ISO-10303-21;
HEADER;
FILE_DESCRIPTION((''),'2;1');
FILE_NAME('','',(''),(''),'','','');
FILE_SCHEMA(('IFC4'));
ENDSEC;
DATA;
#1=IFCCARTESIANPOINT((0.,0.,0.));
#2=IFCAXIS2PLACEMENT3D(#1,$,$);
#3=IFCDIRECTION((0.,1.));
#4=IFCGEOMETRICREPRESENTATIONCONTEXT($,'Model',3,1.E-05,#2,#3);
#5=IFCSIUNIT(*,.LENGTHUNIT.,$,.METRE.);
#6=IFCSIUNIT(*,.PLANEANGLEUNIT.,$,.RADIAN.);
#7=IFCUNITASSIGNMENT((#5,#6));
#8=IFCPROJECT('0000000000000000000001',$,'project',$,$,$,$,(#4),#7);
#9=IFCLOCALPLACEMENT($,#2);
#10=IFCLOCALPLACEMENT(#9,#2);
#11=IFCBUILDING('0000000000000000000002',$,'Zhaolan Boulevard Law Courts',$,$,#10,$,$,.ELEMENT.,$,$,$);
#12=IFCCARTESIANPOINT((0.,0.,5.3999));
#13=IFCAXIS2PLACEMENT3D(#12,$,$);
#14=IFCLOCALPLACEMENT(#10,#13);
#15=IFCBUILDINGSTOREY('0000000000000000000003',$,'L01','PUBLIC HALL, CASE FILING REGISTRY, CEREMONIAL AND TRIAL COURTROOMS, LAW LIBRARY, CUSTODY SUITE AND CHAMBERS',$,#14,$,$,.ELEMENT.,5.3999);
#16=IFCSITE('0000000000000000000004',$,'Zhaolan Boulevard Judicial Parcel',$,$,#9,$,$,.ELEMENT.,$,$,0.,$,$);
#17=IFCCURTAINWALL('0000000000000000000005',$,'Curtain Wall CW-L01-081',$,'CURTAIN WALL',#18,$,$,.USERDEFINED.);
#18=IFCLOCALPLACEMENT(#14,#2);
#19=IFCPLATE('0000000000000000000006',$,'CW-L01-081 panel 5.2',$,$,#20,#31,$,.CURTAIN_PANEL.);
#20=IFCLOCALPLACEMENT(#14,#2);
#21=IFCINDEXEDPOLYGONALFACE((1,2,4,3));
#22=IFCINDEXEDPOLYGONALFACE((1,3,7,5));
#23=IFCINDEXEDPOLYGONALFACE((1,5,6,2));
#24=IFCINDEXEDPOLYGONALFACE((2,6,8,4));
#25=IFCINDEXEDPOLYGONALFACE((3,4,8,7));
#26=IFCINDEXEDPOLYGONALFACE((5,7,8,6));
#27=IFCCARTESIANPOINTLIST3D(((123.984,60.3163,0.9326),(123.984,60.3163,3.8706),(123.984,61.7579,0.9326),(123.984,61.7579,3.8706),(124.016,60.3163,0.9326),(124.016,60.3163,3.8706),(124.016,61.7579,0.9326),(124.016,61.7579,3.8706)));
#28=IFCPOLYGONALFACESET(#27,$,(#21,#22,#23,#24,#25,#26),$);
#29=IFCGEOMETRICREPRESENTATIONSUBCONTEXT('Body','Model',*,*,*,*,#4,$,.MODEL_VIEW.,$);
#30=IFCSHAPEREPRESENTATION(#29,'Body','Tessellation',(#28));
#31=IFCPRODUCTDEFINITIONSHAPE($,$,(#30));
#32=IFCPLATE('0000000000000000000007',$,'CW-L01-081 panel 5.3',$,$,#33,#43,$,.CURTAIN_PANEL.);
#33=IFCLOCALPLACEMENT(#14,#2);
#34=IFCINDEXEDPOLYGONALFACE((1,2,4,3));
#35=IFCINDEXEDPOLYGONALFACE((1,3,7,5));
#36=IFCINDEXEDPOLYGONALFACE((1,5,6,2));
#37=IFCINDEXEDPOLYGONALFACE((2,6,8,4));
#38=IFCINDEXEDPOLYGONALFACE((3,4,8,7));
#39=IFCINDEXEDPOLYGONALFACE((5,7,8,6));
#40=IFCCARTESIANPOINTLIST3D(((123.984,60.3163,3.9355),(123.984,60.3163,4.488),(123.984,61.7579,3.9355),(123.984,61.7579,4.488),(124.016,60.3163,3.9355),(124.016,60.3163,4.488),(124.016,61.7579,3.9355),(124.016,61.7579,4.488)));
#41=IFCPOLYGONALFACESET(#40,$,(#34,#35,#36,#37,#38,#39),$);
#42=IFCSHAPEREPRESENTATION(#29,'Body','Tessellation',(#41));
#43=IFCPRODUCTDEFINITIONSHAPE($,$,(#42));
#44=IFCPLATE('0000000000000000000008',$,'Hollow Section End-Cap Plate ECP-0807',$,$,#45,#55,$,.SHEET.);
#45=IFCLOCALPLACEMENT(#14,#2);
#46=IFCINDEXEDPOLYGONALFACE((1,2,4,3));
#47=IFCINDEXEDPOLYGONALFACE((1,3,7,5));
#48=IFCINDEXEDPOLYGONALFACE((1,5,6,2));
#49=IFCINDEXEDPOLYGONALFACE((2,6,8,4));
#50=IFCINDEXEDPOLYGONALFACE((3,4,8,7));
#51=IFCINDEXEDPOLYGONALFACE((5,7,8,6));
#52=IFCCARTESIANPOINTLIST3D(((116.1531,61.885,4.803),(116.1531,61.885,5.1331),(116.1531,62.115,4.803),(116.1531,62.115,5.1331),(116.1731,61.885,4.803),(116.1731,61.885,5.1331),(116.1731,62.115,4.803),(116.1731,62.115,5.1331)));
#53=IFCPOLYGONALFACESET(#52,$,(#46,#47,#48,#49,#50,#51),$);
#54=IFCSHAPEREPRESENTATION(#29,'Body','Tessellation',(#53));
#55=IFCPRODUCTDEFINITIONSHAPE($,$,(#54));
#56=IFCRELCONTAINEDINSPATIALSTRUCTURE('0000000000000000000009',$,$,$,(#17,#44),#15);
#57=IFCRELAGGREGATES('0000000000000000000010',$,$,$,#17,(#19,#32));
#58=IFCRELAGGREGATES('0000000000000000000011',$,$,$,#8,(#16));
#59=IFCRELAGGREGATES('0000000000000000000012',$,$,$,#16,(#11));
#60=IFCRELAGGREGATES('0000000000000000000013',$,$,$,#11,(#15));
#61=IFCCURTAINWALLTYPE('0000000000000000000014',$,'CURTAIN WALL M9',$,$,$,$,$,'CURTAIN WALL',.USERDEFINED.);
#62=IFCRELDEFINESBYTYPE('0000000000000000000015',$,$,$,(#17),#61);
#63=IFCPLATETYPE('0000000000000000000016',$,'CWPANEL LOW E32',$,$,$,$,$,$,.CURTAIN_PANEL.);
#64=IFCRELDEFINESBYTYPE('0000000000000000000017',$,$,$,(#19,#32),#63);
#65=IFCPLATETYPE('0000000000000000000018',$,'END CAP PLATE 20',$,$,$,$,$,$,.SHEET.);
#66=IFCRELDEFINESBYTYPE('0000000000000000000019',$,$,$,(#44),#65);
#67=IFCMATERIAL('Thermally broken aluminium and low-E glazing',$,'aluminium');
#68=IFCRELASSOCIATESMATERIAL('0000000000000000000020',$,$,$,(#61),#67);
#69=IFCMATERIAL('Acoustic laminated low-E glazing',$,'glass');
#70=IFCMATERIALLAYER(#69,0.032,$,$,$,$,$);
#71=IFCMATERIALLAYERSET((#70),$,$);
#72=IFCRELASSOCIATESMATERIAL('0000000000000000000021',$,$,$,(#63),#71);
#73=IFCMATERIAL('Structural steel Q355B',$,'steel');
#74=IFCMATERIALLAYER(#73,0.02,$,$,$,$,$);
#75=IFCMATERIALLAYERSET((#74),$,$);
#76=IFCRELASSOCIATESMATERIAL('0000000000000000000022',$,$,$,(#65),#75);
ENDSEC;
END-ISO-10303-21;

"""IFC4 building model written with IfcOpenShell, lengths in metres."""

from ifc_helpers import new_model, si_unit, direction, frame, origin, origin_2d, place, context, subcontext, project, spatial, rectangle, extrude, material, layer, layer_set, type_object, element, aggregate, save


model = new_model("IFC4")

# Units and contexts
model_context = context("Model", 3, precision=1e-05, world=origin(), true_north=direction((0.0, 1.0)))
body_context = subcontext(model_context, "Body", "Model", "MODEL_VIEW")
ifc_project = project(units=[si_unit("LENGTHUNIT", "METRE"), si_unit("PLANEANGLEUNIT", "RADIAN")], contexts=[model_context])

# Site, building, storey
site_placement = place(None, origin())
site = spatial("IfcSite", under=ifc_project, at=site_placement, Name="Zhaolan Boulevard Judicial Parcel", CompositionType="ELEMENT", RefElevation=0.0)
building_placement = place(site_placement, origin())
building = spatial("IfcBuilding", under=site, at=building_placement, Name="Zhaolan Boulevard Law Courts", CompositionType="ELEMENT")
storey_placement = place(building_placement, frame((0.0, 0.0, 5.3999)))
storey = spatial("IfcBuildingStorey", under=building, at=storey_placement, Name="L01", Description="PUBLIC HALL, CASE FILING REGISTRY, CEREMONIAL AND TRIAL COURTROOMS, LAW LIBRARY, CUSTODY SUITE AND CHAMBERS", CompositionType="ELEMENT", Elevation=5.3999)

# Curtain wall
ifc_material_1 = material(Name="Thermally broken aluminium and low-E glazing", Category="aluminium")
curtain_wall_type_1 = type_object("IfcCurtainWallType", Name="CURTAIN WALL M9", ElementType="CURTAIN WALL", PredefinedType="USERDEFINED", material=ifc_material_1)
curtain_wall_1_placement = place(storey_placement, origin())
curtain_wall_1 = element("IfcCurtainWall", 1, at=curtain_wall_1_placement, inside=storey, type_object=curtain_wall_type_1, Name="Curtain Wall CW-L01-081", ObjectType="CURTAIN WALL", PredefinedType="USERDEFINED")

# Plates
ifc_material_2 = material(Name="Acoustic laminated low-E glazing", Category="glass")
ifc_layer_1 = layer(ifc_material_2, 0.032)
ifc_layer_set_1 = layer_set([ifc_layer_1])
plate_type_1 = type_object("IfcPlateType", Name="CWPANEL LOW E32", PredefinedType="CURTAIN_PANEL", material=ifc_layer_set_1)
plate_1_placement = place(storey_placement, frame((124.0, 61.0371, 0.9326), z_axis=(0.0, 0.0, 1.0), x_axis=(0.0, 1.0, 0.0)))
plate_1 = element("IfcPlate", 2, at=plate_1_placement, type_object=plate_type_1, Name="CW-L01-081 panel 5.2", PredefinedType="CURTAIN_PANEL", context=body_context, shape_type="SweptSolid", body=[
    extrude(rectangle(XDim=1.4417, YDim=0.032, at=origin_2d()), origin(), (0.0, 0.0, 1.0), 2.938),
])
plate_2_placement = place(storey_placement, frame((124.0, 61.0371, 3.9355), z_axis=(0.0, 0.0, 1.0), x_axis=(0.0, 1.0, 0.0)))
plate_2 = element("IfcPlate", 3, at=plate_2_placement, type_object=plate_type_1, Name="CW-L01-081 panel 5.3", PredefinedType="CURTAIN_PANEL", context=body_context, shape_type="SweptSolid", body=[
    extrude(rectangle(XDim=1.4417, YDim=0.032, at=origin_2d()), origin(), (0.0, 0.0, 1.0), 0.5525),
])
aggregate(curtain_wall_1, [plate_1, plate_2])
ifc_material_3 = material(Name="Structural steel Q355B", Category="steel")
ifc_layer_2 = layer(ifc_material_3, 0.02)
ifc_layer_set_2 = layer_set([ifc_layer_2])
plate_type_2 = type_object("IfcPlateType", Name="END CAP PLATE 20", PredefinedType="SHEET", material=ifc_layer_set_2)
plate_3_placement = place(storey_placement, frame((116.1631, 62.0, 4.803), z_axis=(0.0, 0.0, 1.0), x_axis=(1.0, 0.0, 0.0)))
element("IfcPlate", 4, at=plate_3_placement, inside=storey, type_object=plate_type_2, Name="Hollow Section End-Cap Plate ECP-0807", PredefinedType="SHEET", context=body_context, shape_type="SweptSolid", body=[
    extrude(rectangle(XDim=0.02, YDim=0.23, at=origin_2d()), origin(), (0.0, 0.0, 1.0), 0.3301),
])

save(model, "model.ifc")
